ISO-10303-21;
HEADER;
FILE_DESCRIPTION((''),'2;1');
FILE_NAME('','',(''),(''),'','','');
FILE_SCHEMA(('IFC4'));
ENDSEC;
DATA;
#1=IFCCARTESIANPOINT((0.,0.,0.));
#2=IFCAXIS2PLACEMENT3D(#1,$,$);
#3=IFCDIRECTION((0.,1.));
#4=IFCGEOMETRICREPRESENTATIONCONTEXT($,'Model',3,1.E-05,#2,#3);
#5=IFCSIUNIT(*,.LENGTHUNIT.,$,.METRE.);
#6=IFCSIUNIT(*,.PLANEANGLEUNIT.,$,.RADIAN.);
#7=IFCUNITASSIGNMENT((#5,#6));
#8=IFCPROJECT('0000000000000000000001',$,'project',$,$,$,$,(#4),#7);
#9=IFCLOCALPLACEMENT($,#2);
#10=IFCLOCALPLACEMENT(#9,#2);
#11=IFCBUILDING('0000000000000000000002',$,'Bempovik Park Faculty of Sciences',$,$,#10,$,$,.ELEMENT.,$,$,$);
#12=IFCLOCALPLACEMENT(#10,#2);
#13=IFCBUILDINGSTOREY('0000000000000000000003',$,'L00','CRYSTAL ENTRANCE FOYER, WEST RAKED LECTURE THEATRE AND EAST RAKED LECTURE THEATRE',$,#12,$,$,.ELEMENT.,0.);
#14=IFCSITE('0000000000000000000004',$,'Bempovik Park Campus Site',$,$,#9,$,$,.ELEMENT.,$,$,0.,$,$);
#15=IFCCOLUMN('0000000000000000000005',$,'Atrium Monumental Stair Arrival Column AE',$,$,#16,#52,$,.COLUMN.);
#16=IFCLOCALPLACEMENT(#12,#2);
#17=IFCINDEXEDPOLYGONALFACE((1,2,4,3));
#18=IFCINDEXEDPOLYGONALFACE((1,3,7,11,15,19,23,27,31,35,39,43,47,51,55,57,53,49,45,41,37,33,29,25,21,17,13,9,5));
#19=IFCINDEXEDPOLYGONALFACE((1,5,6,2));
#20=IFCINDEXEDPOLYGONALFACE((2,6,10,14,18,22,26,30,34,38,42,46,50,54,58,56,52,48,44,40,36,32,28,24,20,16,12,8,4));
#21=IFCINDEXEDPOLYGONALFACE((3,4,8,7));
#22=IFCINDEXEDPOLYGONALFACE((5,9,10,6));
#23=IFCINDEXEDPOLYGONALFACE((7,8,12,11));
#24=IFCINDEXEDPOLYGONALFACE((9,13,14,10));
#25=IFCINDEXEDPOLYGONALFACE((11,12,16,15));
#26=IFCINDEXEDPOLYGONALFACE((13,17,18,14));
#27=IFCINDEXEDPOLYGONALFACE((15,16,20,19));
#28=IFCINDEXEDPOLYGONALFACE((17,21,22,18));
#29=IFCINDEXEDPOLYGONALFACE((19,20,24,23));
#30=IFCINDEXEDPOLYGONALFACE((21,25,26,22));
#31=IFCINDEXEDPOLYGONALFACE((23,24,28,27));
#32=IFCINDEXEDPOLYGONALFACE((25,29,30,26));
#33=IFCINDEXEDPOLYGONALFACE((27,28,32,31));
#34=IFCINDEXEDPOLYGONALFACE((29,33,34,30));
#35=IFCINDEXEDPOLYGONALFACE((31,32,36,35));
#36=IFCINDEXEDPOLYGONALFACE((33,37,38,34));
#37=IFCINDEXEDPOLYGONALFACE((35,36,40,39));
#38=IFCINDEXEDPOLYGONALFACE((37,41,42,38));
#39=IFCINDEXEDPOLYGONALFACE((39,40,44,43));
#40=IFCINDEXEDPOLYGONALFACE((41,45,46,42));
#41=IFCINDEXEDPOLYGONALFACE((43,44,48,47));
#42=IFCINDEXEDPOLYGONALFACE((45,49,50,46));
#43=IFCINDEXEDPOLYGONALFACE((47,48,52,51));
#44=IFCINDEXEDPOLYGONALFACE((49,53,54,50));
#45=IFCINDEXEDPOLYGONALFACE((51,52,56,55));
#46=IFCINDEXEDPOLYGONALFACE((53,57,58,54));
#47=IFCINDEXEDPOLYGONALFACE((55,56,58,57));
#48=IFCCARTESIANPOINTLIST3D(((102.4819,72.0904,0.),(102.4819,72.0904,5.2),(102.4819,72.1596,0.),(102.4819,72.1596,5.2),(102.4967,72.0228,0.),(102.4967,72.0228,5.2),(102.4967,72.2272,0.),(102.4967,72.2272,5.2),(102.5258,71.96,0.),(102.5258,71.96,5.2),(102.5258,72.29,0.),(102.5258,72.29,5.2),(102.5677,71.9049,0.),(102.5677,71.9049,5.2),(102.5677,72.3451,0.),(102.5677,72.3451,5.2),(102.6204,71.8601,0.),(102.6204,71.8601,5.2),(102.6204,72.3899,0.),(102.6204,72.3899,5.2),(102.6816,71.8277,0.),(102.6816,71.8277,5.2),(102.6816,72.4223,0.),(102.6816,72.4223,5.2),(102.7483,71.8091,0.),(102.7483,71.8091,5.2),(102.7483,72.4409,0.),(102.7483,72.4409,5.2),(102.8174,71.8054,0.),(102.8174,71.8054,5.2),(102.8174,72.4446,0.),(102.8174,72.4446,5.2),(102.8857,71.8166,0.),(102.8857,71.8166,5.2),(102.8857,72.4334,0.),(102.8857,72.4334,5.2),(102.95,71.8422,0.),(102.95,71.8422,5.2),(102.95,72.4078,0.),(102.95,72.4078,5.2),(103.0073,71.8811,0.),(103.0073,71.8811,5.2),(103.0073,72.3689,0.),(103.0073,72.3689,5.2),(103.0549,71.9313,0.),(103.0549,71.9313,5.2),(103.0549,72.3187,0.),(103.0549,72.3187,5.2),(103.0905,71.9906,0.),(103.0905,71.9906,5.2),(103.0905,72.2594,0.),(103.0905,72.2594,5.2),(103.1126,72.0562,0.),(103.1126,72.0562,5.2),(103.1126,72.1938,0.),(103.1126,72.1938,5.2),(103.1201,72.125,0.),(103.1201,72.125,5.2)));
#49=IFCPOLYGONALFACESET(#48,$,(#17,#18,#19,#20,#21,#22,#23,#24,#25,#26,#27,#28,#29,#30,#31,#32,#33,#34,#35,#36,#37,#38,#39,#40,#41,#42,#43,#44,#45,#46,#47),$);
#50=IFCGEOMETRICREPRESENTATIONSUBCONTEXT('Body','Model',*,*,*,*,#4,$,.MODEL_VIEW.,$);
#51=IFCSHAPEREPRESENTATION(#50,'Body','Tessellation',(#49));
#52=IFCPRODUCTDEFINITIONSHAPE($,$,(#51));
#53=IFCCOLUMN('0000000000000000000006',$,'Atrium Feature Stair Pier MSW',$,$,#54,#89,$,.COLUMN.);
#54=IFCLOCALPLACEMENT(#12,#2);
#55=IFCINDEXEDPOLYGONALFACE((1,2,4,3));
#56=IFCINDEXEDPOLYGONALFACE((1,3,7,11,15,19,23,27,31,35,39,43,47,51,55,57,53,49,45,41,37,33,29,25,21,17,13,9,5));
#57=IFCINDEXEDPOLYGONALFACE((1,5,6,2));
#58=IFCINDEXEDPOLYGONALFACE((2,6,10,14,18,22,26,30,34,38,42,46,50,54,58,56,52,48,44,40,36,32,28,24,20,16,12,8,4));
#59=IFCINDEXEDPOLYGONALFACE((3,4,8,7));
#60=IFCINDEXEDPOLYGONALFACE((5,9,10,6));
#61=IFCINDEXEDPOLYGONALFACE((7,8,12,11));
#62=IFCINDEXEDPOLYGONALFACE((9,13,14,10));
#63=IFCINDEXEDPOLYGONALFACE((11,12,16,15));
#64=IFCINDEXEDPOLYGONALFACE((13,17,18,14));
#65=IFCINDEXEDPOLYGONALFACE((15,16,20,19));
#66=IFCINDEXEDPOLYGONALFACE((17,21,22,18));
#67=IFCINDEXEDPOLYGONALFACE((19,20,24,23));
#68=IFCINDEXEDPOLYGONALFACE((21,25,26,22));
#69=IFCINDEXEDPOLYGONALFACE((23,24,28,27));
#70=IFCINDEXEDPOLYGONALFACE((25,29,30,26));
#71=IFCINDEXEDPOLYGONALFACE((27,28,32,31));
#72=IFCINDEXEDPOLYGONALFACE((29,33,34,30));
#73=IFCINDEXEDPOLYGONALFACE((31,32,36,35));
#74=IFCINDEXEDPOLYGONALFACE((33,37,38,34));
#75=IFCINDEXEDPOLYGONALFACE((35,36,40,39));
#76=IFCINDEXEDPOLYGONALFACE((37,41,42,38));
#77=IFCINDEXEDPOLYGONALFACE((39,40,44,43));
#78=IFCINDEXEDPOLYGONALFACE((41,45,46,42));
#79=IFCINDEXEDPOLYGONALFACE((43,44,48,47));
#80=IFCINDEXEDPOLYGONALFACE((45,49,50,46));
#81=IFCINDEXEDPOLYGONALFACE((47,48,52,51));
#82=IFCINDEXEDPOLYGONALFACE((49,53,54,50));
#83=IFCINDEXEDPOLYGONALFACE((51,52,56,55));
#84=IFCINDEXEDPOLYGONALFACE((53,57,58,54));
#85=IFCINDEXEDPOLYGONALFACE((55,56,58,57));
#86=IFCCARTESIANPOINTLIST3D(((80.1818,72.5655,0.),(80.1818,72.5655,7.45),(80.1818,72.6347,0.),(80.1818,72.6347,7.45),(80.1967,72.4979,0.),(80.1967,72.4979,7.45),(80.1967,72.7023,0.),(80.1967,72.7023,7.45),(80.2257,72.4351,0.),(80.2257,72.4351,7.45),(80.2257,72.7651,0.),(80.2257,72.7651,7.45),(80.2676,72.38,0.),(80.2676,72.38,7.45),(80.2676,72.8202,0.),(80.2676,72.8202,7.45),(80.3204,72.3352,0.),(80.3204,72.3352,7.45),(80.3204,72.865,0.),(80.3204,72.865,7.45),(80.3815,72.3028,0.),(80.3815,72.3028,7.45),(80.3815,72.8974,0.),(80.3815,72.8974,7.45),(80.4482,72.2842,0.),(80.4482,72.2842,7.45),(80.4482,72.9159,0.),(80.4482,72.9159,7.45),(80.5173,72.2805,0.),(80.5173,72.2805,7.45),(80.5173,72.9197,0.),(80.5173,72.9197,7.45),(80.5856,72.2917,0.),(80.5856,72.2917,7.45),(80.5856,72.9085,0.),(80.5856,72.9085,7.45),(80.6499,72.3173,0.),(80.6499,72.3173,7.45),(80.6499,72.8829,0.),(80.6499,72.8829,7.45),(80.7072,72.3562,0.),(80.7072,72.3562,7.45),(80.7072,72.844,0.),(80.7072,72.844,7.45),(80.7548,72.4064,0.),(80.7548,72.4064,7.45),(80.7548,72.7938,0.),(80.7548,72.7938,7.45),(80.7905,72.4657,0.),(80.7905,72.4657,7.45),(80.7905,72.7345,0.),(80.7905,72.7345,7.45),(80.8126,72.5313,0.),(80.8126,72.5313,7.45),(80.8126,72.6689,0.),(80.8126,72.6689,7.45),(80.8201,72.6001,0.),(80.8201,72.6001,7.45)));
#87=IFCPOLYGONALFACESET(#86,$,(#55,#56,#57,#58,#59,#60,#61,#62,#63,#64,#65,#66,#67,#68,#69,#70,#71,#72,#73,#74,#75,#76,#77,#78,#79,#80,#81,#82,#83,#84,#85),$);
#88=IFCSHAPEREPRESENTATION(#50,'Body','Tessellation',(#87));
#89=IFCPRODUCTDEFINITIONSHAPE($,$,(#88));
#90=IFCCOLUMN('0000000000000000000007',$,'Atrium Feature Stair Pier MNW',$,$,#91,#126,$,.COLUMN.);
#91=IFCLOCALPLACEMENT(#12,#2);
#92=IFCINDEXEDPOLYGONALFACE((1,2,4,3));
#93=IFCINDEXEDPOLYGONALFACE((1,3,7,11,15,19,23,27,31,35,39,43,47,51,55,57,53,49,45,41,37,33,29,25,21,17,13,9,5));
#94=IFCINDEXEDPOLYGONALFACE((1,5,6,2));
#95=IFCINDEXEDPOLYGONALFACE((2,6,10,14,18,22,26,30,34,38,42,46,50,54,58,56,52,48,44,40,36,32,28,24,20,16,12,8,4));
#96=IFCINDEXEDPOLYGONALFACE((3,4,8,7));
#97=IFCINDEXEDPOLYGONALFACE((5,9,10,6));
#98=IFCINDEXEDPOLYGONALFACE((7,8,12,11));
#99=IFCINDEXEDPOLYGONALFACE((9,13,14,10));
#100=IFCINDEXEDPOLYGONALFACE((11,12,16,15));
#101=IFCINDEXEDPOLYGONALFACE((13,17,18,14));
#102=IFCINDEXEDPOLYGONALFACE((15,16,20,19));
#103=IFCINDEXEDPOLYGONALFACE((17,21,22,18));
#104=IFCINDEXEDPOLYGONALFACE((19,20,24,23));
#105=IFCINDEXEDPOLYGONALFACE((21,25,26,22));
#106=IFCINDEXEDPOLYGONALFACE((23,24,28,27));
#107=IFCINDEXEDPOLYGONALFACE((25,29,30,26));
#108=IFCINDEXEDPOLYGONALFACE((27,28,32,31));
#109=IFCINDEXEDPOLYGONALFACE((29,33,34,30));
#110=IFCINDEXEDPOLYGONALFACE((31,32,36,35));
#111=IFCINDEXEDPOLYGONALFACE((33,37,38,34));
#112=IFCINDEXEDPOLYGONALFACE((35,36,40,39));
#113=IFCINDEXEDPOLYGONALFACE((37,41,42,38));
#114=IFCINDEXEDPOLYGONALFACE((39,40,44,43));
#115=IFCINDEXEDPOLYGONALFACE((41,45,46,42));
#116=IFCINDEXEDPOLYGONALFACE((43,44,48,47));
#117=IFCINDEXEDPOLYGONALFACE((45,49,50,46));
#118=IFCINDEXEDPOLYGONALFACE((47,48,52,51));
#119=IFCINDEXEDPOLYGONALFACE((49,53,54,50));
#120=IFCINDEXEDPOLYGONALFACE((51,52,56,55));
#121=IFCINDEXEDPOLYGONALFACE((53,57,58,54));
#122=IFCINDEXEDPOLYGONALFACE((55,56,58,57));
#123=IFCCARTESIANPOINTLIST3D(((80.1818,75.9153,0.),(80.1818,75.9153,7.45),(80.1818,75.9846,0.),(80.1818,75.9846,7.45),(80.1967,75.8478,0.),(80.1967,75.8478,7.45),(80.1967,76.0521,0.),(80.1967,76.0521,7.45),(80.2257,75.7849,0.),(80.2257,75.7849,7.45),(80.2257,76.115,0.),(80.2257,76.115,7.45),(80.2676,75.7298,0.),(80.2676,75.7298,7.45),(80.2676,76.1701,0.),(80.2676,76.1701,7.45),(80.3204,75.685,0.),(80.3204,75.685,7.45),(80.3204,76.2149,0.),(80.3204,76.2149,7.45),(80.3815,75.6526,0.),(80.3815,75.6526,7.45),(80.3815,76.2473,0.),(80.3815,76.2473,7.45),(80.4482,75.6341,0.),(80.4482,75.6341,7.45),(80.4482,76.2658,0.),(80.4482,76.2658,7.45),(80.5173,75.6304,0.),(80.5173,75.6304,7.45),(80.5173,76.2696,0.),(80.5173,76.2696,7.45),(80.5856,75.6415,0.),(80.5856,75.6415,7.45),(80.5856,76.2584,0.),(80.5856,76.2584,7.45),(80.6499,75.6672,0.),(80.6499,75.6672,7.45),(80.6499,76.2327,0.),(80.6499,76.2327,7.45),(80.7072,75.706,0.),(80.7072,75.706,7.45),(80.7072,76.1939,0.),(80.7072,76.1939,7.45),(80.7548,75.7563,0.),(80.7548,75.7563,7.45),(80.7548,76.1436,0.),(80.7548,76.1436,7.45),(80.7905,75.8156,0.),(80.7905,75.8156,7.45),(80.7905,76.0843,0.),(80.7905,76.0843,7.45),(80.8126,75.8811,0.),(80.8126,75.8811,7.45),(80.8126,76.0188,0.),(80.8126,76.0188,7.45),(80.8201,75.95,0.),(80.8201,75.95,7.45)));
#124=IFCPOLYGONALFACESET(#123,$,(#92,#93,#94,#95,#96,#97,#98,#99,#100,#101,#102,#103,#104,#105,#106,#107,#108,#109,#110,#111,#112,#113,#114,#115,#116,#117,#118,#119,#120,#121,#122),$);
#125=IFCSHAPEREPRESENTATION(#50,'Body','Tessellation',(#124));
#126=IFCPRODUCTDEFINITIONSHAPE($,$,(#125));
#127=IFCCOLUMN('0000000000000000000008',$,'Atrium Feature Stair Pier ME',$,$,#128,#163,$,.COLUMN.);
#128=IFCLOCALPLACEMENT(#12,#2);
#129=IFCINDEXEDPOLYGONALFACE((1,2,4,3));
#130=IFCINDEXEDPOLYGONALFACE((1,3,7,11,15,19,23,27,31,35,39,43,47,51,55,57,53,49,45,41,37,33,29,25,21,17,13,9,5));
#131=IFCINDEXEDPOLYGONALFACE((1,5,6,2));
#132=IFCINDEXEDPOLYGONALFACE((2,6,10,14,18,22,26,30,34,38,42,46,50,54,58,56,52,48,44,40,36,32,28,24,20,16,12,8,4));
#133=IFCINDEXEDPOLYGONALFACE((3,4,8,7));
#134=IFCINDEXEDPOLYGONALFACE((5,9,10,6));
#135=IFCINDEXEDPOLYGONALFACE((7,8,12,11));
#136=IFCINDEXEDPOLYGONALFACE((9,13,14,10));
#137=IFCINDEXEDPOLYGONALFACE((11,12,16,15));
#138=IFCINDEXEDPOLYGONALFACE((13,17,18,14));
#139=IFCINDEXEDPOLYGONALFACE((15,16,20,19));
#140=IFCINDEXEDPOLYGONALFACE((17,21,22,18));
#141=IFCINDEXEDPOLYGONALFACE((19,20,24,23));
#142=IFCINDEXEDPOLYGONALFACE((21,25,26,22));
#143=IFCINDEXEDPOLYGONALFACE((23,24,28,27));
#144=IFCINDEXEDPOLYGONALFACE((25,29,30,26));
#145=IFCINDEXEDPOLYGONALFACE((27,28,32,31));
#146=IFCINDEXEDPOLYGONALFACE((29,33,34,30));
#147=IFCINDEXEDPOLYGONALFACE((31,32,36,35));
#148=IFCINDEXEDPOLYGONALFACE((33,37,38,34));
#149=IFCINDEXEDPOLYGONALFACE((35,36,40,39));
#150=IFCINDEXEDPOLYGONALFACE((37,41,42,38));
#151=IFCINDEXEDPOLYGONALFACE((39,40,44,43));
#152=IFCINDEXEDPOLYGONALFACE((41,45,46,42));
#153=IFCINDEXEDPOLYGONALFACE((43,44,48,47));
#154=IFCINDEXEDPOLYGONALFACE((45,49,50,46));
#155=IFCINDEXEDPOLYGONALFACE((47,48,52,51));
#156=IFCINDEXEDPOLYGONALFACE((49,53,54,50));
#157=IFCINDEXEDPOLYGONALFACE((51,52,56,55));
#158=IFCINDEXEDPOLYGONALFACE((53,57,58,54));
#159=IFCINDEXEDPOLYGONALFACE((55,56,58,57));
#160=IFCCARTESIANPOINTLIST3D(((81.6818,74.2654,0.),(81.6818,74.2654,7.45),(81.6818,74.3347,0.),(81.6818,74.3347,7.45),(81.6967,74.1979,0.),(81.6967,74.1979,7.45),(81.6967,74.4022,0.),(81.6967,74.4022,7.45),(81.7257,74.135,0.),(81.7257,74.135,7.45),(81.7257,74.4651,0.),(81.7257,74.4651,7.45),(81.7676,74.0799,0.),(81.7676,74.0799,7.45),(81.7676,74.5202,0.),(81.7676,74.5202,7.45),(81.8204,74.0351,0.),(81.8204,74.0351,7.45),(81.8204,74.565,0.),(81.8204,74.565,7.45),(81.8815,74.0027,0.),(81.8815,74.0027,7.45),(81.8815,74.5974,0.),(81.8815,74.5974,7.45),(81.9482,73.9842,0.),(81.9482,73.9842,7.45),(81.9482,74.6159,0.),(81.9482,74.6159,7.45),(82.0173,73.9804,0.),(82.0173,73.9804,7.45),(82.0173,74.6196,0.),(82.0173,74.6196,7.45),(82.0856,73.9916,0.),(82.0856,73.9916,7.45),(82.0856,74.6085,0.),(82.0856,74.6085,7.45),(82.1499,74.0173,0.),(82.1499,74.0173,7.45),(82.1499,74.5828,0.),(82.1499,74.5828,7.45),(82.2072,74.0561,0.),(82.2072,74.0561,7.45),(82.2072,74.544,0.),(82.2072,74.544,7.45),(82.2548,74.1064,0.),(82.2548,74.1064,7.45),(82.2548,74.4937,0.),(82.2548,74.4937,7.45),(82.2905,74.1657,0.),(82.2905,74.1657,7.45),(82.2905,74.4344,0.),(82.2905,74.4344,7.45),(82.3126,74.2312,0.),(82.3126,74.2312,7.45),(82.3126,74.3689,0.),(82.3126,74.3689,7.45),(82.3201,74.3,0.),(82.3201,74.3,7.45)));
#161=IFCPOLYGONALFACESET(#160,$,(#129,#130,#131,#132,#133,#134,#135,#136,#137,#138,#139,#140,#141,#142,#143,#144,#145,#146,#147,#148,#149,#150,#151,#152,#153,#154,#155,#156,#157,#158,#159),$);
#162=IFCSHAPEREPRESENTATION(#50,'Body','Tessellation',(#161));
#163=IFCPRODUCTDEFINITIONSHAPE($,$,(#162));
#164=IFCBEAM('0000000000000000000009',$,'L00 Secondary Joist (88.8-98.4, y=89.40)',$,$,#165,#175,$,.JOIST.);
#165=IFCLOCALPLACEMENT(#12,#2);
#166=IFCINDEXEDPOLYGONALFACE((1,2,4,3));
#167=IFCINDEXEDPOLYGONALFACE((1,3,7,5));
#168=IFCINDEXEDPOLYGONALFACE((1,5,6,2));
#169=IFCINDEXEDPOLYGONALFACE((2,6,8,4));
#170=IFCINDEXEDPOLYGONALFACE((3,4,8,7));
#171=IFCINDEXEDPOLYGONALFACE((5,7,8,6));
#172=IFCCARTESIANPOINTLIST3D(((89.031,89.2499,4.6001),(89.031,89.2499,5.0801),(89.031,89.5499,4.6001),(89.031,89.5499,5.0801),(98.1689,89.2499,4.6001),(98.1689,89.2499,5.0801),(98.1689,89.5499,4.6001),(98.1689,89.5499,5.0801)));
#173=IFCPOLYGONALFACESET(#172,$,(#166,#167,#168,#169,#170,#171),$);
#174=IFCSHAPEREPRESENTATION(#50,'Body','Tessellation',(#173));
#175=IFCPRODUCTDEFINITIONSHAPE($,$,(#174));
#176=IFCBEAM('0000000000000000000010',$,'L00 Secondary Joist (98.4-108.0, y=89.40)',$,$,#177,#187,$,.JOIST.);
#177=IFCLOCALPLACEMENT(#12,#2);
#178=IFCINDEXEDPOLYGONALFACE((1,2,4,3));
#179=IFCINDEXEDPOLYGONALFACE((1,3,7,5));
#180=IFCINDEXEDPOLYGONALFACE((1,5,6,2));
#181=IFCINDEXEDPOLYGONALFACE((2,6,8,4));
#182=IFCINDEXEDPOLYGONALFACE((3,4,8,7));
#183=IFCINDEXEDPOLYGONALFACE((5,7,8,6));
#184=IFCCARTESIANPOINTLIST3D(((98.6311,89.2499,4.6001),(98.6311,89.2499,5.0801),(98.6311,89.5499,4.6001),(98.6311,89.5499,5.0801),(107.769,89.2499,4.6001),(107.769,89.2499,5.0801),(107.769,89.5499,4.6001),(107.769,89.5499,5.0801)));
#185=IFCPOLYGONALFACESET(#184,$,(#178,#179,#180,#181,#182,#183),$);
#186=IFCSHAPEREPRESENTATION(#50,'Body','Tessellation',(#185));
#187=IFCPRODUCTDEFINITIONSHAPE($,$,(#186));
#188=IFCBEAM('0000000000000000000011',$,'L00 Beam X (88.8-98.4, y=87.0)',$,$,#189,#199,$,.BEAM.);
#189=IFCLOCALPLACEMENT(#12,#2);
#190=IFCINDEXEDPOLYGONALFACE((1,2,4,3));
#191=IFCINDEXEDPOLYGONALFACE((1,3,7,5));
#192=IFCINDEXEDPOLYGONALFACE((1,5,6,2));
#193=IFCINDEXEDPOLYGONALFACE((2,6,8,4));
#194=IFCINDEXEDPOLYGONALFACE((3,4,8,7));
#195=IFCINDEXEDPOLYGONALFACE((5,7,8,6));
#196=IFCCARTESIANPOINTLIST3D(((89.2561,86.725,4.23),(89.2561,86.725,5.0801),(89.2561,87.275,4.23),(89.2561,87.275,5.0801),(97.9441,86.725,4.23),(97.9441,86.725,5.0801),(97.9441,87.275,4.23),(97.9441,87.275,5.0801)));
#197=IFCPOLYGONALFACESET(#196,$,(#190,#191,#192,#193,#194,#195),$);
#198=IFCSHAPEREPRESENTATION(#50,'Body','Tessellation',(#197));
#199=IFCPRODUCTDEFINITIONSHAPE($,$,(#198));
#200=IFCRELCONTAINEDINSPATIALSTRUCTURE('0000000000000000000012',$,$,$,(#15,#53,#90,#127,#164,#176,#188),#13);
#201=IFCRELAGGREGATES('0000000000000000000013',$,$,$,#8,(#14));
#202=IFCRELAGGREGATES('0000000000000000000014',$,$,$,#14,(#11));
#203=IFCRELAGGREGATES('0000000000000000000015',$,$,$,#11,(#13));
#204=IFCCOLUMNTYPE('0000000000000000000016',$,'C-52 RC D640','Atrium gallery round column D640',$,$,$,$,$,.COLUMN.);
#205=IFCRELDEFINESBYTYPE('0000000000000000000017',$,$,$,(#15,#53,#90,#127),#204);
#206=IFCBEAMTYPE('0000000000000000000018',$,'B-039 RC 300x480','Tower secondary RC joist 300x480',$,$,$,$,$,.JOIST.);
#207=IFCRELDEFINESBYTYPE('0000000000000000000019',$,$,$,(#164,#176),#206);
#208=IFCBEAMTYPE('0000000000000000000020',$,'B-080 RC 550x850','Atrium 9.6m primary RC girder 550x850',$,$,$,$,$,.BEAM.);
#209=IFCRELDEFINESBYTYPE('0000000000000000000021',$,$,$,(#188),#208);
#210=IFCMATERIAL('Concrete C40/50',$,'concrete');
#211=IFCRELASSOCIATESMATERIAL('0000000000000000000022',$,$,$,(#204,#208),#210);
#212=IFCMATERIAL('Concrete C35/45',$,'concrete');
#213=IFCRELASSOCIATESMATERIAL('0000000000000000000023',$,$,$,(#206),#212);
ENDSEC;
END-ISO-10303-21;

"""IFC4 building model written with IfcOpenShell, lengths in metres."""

from ifc_helpers import new_model, si_unit, direction, frame, origin, origin_2d, place, context, subcontext, project, spatial, rectangle, circle, extrude, material, material_profile, profile_set, type_object, element, save


model = new_model("IFC4")

# Units and contexts
model_context = context("Model", 3, precision=1e-05, world=origin(), true_north=direction((0.0, 1.0)))
body_context = subcontext(model_context, "Body", "Model", "MODEL_VIEW")
ifc_project = project(units=[si_unit("LENGTHUNIT", "METRE"), si_unit("PLANEANGLEUNIT", "RADIAN")], contexts=[model_context])

# Site, building, storey
site_placement = place(None, origin())
site = spatial("IfcSite", under=ifc_project, at=site_placement, Name="Bempovik Park Campus Site", CompositionType="ELEMENT", RefElevation=0.0)
building_placement = place(site_placement, origin())
building = spatial("IfcBuilding", under=site, at=building_placement, Name="Bempovik Park Faculty of Sciences", CompositionType="ELEMENT")
storey_placement = place(building_placement, origin())
storey = spatial("IfcBuildingStorey", under=building, at=storey_placement, Name="L00", Description="CRYSTAL ENTRANCE FOYER, WEST RAKED LECTURE THEATRE AND EAST RAKED LECTURE THEATRE", CompositionType="ELEMENT", Elevation=0.0)

# Shared definitions
ifc_material_1 = material(Name="Concrete C35/45", Category="concrete")

# Columns
ifc_material_2 = material(Name="Concrete C40/50", Category="concrete")
ifc_material_profile_1 = material_profile(ifc_material_2, circle(Radius=0.3201, at=origin_2d()), Name="RC D640")
ifc_profile_set_1 = profile_set([ifc_material_profile_1], Name="Concrete C40/50")
column_type_1 = type_object("IfcColumnType", Name="C-52 RC D640", Description="Atrium gallery round column D640", PredefinedType="COLUMN", material=ifc_profile_set_1)
for number, where, z_axis, x_axis, name in (
    (1, (102.8, 72.125, 0.0), (0.0, 0.0, 1.0), (1.0, 0.0, 0.0), "Atrium Monumental Stair Arrival Column AE"),
):
    element("IfcColumn", number, at=place(storey_placement, frame(where, z_axis=z_axis, x_axis=x_axis)), inside=storey, type_object=column_type_1, Name=name, PredefinedType="COLUMN", context=body_context, shape_type="SweptSolid", body=[
        extrude(circle(Radius=0.3201, at=origin_2d()), origin(), (0.0, 0.0, 1.0), 5.2),
    ])
for number, where, z_axis, x_axis, name in (
    (2, (80.5, 72.6001, 0.0), (0.0, 0.0, 1.0), (1.0, 0.0, 0.0), "Atrium Feature Stair Pier MSW"),
    (3, (80.5, 75.95, 0.0), (0.0, 0.0, 1.0), (1.0, 0.0, 0.0), "Atrium Feature Stair Pier MNW"),
    (4, (82.0, 74.3, 0.0), (0.0, 0.0, 1.0), (1.0, 0.0, 0.0), "Atrium Feature Stair Pier ME"),
):
    element("IfcColumn", number, at=place(storey_placement, frame(where, z_axis=z_axis, x_axis=x_axis)), inside=storey, type_object=column_type_1, Name=name, PredefinedType="COLUMN", context=body_context, shape_type="SweptSolid", body=[
        extrude(circle(Radius=0.3201, at=origin_2d()), origin(), (0.0, 0.0, 1.0), 7.45),
    ])

# Beams
ifc_material_profile_2 = material_profile(ifc_material_1, rectangle(XDim=0.3, YDim=0.48, at=origin_2d()), Name="RC 300x480")
ifc_profile_set_2 = profile_set([ifc_material_profile_2], Name="Concrete C35/45")
beam_type_1 = type_object("IfcBeamType", Name="B-039 RC 300x480", Description="Tower secondary RC joist 300x480", PredefinedType="JOIST", material=ifc_profile_set_2)
for number, where, z_axis, x_axis, name in (
    (5, (89.031, 89.3999, 4.8401), (1.0, 0.0, 0.0), (0.0, 1.0, 0.0), "L00 Secondary Joist (88.8-98.4, y=89.40)"),
    (6, (98.6311, 89.3999, 4.8401), (1.0, 0.0, 0.0), (0.0, 1.0, 0.0), "L00 Secondary Joist (98.4-108.0, y=89.40)"),
):
    element("IfcBeam", number, at=place(storey_placement, frame(where, z_axis=z_axis, x_axis=x_axis)), inside=storey, type_object=beam_type_1, Name=name, PredefinedType="JOIST", context=body_context, shape_type="SweptSolid", body=[
        extrude(rectangle(XDim=0.3, YDim=0.48, at=origin_2d()), origin(), (0.0, 0.0, 1.0), 9.1379),
    ])
ifc_material_profile_3 = material_profile(ifc_material_2, rectangle(XDim=0.55, YDim=0.8501, at=origin_2d()), Name="RC 550x850")
ifc_profile_set_3 = profile_set([ifc_material_profile_3], Name="Concrete C40/50")
beam_type_2 = type_object("IfcBeamType", Name="B-080 RC 550x850", Description="Atrium 9.6m primary RC girder 550x850", PredefinedType="BEAM", material=ifc_profile_set_3)
for number, where, z_axis, x_axis, name in (
    (7, (89.2561, 87.0, 4.655), (1.0, 0.0, 0.0), (0.0, 1.0, 0.0), "L00 Beam X (88.8-98.4, y=87.0)"),
):
    element("IfcBeam", number, at=place(storey_placement, frame(where, z_axis=z_axis, x_axis=x_axis)), inside=storey, type_object=beam_type_2, Name=name, PredefinedType="BEAM", context=body_context, shape_type="SweptSolid", body=[
        extrude(rectangle(XDim=0.55, YDim=0.8501, at=origin_2d()), origin(), (0.0, 0.0, 1.0), 8.688),
    ])

save(model, "model.ifc")
